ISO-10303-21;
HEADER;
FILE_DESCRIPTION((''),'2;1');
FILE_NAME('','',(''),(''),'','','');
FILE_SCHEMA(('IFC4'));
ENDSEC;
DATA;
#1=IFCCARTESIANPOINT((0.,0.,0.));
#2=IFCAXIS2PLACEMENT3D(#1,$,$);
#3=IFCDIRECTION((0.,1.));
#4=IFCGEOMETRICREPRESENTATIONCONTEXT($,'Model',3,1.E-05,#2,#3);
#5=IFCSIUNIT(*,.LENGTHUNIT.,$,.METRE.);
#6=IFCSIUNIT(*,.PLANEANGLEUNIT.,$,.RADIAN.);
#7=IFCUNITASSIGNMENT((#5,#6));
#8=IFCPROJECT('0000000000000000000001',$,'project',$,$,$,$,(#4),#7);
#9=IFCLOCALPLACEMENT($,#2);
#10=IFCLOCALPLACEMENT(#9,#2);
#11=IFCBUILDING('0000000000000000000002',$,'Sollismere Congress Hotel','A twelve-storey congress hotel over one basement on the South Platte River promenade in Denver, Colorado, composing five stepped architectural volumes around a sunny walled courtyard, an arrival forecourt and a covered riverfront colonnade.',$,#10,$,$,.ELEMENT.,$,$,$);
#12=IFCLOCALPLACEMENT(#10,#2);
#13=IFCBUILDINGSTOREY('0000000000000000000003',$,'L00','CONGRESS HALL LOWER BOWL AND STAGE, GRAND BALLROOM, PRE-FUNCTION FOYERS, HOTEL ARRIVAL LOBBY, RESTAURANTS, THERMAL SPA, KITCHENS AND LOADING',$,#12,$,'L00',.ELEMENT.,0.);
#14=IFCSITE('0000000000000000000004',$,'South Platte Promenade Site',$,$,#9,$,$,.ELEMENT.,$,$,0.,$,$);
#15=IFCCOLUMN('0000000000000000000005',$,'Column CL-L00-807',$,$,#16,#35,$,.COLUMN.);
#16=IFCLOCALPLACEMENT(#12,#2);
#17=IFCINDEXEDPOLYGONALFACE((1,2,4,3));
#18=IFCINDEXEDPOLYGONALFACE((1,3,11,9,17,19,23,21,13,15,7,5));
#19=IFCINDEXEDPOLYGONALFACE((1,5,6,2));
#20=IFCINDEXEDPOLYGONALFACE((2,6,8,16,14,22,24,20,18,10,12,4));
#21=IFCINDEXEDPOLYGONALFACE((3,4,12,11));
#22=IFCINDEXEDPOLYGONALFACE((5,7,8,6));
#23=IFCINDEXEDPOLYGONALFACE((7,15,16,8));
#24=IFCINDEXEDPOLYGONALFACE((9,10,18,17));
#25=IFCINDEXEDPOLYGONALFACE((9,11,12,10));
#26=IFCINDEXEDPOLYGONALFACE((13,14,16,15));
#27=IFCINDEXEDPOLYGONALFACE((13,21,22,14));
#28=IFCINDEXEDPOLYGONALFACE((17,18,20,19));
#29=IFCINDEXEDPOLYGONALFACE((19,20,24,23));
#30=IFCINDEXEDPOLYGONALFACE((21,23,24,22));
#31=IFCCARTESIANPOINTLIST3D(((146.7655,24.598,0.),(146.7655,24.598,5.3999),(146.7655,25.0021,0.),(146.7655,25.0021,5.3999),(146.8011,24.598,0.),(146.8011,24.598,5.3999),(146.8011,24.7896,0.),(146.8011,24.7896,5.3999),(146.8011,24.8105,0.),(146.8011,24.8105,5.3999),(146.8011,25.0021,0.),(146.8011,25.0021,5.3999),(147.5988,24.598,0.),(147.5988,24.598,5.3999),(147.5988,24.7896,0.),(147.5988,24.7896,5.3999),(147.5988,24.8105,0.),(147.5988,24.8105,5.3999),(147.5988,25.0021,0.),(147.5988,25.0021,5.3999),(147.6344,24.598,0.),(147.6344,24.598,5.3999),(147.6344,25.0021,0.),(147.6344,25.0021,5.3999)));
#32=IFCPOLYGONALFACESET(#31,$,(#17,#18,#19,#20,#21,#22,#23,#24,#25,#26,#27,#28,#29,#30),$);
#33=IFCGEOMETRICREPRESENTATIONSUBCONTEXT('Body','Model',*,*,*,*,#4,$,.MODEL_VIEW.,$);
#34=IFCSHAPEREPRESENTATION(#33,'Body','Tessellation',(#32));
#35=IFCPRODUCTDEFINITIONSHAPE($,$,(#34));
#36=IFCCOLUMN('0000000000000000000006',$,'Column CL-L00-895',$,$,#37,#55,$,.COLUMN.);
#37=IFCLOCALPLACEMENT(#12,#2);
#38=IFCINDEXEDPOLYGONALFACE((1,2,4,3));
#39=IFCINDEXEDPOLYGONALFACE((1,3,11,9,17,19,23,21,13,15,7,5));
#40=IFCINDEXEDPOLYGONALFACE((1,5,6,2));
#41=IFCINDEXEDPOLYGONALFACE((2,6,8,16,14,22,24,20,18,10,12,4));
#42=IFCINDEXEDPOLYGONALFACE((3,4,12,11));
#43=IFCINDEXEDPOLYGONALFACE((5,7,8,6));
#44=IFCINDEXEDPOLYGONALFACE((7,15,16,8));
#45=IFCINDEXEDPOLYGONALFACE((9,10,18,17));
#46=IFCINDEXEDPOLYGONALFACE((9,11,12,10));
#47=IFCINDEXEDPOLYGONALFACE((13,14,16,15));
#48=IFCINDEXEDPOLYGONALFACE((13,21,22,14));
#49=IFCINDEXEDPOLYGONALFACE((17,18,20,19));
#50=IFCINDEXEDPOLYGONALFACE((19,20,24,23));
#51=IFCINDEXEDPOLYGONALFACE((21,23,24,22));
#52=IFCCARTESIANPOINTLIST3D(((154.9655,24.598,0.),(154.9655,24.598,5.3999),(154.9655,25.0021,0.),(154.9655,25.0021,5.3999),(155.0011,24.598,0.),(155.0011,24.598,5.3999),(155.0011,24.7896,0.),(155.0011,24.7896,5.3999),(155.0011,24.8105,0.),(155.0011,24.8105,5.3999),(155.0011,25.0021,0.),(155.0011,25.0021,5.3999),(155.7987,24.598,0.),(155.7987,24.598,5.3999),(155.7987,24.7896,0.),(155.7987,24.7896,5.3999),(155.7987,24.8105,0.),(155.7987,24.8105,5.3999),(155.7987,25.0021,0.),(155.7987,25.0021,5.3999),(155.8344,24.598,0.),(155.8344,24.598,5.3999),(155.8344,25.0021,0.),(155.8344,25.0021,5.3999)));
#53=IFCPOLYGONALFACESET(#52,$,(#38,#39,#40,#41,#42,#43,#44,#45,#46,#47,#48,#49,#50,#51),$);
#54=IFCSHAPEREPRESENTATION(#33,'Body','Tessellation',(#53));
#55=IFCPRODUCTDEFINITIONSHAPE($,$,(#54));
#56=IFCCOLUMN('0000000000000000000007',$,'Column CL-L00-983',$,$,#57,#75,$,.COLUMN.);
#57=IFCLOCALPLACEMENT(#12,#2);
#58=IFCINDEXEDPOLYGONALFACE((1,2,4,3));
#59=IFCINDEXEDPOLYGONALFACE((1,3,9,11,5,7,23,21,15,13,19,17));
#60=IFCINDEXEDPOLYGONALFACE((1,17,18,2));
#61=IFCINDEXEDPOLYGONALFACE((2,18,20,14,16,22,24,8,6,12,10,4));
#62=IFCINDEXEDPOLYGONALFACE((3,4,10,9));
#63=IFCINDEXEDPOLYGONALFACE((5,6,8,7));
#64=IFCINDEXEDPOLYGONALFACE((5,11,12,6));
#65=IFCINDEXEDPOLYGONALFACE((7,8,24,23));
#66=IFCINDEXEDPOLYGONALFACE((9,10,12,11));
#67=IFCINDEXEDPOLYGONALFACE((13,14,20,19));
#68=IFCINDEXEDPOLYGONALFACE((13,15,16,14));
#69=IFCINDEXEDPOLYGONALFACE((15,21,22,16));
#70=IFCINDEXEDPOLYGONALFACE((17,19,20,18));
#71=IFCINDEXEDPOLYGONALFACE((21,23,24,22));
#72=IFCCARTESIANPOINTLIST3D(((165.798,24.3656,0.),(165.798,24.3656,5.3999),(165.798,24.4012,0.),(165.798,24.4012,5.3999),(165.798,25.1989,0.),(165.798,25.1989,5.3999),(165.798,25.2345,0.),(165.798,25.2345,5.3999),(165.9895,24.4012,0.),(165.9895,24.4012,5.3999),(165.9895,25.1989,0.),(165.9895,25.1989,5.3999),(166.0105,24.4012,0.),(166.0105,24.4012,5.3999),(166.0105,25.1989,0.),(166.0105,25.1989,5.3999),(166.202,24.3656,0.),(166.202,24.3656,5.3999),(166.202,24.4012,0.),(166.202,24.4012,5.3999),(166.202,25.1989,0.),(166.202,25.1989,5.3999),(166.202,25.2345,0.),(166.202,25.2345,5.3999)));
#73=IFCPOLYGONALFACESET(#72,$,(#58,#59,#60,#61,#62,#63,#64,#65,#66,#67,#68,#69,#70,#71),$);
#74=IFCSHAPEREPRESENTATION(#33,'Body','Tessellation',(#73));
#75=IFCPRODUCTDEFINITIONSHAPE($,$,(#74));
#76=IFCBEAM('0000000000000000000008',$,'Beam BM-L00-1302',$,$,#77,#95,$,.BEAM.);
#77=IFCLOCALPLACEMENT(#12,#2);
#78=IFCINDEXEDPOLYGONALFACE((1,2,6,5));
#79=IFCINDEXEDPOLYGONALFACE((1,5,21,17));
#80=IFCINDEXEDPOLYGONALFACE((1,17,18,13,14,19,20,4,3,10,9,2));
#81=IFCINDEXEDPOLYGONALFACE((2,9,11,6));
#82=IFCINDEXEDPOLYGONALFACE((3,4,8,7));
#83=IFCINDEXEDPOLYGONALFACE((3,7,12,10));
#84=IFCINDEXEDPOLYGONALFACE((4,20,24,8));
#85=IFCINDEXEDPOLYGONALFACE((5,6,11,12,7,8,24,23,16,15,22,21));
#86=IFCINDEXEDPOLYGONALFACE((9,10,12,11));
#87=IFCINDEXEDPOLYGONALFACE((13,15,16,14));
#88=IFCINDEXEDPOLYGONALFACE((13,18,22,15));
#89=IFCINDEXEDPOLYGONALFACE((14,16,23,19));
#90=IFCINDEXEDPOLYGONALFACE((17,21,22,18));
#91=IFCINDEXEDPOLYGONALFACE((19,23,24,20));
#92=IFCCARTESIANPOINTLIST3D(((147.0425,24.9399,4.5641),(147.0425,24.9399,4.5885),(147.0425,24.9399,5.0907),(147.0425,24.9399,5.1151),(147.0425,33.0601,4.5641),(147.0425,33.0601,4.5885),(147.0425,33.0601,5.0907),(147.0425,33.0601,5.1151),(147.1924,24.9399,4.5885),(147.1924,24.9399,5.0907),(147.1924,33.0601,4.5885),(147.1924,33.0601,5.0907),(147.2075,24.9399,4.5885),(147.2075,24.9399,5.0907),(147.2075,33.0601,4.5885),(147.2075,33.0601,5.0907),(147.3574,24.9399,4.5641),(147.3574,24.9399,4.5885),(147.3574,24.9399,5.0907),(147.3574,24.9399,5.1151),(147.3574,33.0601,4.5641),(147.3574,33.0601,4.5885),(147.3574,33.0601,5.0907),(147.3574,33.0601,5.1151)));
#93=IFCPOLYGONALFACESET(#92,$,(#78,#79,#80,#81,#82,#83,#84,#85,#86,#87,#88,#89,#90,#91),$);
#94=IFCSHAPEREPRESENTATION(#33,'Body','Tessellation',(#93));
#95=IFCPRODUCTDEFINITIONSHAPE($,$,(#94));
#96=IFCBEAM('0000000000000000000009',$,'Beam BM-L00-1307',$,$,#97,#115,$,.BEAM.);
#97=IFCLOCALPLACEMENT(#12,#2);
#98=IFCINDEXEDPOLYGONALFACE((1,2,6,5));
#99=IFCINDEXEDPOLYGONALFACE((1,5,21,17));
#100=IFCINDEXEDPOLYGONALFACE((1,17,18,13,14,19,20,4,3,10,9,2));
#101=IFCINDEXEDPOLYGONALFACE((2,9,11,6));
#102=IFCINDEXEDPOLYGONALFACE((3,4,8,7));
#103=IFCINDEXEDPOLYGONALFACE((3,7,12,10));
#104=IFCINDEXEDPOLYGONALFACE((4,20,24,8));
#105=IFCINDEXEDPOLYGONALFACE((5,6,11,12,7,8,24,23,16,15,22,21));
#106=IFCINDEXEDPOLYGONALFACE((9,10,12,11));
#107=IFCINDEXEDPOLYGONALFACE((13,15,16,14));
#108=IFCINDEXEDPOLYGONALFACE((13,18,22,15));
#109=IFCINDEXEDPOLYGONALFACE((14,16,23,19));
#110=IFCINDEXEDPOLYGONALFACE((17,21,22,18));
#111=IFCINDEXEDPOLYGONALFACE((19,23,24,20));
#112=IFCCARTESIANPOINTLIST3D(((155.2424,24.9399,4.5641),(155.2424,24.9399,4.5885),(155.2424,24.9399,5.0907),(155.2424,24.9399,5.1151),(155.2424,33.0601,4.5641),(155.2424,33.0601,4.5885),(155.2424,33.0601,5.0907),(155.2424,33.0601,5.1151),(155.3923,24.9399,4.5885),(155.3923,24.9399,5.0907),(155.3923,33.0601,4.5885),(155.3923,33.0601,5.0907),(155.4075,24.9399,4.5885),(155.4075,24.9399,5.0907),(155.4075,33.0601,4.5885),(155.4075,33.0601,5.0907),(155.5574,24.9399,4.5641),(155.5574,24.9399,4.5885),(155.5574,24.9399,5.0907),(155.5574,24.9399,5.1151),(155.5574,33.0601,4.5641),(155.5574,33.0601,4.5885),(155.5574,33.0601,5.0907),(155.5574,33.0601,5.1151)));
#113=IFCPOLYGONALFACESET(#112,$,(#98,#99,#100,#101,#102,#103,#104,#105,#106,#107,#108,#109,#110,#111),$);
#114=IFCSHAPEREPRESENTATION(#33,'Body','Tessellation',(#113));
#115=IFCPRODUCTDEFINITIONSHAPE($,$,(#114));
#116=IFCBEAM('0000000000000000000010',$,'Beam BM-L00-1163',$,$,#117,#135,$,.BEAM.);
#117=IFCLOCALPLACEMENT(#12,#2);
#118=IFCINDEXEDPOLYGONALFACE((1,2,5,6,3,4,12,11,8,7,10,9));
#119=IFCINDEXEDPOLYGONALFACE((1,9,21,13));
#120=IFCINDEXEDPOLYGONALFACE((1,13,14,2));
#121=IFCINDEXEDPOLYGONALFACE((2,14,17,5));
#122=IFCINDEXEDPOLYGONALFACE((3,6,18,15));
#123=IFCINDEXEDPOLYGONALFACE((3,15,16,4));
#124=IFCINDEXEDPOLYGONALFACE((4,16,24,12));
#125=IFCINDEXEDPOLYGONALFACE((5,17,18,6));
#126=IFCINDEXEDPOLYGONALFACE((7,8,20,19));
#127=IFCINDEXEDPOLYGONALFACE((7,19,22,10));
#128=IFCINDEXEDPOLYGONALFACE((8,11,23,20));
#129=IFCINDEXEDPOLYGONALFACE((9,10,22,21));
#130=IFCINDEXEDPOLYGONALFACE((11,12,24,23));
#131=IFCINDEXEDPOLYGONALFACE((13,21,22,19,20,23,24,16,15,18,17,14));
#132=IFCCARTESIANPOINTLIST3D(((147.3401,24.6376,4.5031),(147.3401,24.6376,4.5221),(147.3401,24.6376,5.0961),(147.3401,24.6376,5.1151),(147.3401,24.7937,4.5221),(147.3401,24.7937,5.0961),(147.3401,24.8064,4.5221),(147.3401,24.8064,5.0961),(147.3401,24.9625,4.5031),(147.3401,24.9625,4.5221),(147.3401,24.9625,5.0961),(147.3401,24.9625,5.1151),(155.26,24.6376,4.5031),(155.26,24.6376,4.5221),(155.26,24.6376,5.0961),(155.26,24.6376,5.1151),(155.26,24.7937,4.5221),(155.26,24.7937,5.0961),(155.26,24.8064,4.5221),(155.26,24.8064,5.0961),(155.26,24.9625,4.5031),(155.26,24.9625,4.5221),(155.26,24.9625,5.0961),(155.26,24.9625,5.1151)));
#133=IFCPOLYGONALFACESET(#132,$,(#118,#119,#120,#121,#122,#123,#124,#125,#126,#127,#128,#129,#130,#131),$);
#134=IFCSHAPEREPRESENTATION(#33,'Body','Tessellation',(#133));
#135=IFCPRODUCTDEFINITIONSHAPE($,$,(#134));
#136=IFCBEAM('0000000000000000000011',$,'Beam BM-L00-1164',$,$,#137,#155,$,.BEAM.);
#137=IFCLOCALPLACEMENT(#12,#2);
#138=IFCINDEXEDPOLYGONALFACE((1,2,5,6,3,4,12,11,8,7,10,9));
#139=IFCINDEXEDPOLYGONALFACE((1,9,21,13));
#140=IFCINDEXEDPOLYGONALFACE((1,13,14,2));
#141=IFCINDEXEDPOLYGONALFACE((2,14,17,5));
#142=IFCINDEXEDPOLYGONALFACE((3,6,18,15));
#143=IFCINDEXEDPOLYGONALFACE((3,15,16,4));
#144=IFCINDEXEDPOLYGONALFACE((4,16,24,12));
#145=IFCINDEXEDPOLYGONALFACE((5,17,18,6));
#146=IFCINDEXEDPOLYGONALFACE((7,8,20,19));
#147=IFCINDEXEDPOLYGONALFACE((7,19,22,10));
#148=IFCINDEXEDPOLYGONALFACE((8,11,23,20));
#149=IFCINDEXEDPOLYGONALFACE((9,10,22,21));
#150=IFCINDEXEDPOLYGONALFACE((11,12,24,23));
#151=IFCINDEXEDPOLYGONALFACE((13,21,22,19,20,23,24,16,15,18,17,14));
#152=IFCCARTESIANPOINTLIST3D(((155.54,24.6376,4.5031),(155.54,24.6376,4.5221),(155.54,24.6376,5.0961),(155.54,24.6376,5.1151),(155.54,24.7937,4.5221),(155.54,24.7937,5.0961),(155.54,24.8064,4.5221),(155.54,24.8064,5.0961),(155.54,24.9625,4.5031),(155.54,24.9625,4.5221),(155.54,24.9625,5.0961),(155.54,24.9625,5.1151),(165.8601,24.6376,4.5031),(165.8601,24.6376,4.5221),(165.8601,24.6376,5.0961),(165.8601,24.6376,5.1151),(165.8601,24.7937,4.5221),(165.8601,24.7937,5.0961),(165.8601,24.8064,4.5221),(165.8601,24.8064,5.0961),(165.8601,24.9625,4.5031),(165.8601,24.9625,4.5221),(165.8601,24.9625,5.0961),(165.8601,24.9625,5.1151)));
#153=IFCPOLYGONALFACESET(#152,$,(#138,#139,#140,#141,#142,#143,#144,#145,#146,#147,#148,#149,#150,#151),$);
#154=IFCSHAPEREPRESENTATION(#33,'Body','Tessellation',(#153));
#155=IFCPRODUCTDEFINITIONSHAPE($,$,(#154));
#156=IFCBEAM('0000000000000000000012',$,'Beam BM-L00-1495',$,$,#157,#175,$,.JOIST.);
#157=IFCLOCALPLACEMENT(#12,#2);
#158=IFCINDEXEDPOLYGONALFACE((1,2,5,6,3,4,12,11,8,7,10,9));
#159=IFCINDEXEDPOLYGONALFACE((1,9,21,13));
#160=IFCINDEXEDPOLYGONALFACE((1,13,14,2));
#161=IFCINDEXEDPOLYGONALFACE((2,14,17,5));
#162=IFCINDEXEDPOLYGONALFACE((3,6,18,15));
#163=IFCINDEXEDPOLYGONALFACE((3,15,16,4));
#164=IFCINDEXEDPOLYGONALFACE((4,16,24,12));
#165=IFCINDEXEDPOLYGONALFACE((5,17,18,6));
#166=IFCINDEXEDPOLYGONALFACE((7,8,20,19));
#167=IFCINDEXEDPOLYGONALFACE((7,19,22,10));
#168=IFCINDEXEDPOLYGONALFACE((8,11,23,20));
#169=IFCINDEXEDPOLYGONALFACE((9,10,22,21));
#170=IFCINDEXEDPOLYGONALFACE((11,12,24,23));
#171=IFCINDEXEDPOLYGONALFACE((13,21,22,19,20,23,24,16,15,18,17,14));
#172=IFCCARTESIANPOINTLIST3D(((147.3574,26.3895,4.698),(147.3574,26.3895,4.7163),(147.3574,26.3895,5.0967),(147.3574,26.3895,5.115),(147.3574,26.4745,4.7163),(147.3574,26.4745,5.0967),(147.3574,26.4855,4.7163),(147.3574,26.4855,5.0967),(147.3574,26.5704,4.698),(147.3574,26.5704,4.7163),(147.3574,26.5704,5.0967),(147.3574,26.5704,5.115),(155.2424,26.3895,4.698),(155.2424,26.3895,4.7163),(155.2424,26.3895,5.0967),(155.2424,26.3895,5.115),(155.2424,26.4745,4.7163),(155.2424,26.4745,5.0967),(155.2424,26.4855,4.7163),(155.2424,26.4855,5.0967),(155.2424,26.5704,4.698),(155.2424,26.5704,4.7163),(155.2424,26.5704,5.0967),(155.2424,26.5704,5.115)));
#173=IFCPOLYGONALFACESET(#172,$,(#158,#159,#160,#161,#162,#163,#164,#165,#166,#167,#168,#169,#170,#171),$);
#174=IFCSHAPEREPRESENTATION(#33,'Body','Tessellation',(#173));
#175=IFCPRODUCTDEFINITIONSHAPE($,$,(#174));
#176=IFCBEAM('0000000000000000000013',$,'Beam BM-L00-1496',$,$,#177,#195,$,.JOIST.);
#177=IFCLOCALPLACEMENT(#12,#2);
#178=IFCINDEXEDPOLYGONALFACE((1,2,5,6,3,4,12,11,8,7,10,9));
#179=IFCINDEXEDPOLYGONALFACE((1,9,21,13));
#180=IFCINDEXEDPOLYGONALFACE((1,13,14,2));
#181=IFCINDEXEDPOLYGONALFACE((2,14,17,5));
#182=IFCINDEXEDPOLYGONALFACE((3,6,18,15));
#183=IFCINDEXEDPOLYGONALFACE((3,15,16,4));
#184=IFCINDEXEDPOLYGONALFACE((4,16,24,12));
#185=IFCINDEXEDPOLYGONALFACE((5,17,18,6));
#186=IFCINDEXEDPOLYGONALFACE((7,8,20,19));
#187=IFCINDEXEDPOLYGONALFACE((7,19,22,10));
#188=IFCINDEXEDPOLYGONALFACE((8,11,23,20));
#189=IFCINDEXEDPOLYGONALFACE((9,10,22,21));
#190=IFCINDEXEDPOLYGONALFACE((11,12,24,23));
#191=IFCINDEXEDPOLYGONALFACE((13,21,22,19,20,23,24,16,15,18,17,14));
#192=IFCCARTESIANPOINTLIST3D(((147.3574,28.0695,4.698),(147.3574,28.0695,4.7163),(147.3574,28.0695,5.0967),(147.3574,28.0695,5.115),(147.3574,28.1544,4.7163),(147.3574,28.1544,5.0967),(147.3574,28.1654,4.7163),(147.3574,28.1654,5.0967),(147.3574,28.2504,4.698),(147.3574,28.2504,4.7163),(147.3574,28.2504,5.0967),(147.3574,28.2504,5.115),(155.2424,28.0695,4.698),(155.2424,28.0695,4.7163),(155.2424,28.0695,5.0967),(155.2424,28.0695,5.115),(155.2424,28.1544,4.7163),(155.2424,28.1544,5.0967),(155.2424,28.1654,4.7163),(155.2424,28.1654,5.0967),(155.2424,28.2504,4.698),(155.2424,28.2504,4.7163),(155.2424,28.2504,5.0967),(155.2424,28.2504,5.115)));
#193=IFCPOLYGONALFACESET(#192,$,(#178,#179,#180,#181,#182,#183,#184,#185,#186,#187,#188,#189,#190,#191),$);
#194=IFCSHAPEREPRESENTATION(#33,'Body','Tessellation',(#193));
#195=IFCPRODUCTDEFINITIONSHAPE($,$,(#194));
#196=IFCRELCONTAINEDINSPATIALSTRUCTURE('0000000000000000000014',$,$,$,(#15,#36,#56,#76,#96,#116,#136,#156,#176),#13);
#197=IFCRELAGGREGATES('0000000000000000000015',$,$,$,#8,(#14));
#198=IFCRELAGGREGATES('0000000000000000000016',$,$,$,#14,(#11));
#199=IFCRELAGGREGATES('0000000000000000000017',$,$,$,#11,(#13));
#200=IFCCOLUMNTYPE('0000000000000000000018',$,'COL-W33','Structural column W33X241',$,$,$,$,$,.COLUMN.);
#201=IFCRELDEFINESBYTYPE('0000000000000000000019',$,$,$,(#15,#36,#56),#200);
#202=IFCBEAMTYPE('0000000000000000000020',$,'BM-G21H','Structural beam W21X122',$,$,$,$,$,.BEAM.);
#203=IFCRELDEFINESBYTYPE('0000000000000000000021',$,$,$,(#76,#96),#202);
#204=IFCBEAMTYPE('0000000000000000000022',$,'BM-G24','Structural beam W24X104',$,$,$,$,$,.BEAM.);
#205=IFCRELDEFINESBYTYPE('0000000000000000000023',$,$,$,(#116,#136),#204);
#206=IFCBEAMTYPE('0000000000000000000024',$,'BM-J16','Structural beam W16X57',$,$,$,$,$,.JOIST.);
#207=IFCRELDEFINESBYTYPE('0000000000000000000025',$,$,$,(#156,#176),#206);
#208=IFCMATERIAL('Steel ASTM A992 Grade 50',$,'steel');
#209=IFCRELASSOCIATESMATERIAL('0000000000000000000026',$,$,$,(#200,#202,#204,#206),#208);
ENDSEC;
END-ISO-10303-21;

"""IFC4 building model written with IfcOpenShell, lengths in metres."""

from ifc_helpers import new_model, si_unit, direction, frame, origin, origin_2d, place, context, subcontext, project, spatial, i_section, extrude, material, material_profile, profile_set, type_object, element, save


model = new_model("IFC4")

# Units and contexts
model_context = context("Model", 3, precision=1e-05, world=origin(), true_north=direction((0.0, 1.0)))
body_context = subcontext(model_context, "Body", "Model", "MODEL_VIEW")
ifc_project = project(units=[si_unit("LENGTHUNIT", "METRE"), si_unit("PLANEANGLEUNIT", "RADIAN")], contexts=[model_context])

# Site, building, storey
site_placement = place(None, origin())
site = spatial("IfcSite", under=ifc_project, at=site_placement, Name="South Platte Promenade Site", CompositionType="ELEMENT", RefElevation=0.0)
building_placement = place(site_placement, origin())
building = spatial("IfcBuilding", under=site, at=building_placement, Name="Sollismere Congress Hotel", Description="A twelve-storey congress hotel over one basement on the South Platte River promenade in Denver, Colorado, composing five stepped architectural volumes around a sunny walled courtyard, an arrival forecourt and a covered riverfront colonnade.", CompositionType="ELEMENT")
storey_placement = place(building_placement, origin())
storey = spatial("IfcBuildingStorey", under=building, at=storey_placement, Name="L00", Description="CONGRESS HALL LOWER BOWL AND STAGE, GRAND BALLROOM, PRE-FUNCTION FOYERS, HOTEL ARRIVAL LOBBY, RESTAURANTS, THERMAL SPA, KITCHENS AND LOADING", LongName="L00", CompositionType="ELEMENT", Elevation=0.0)

# Columns
ifc_material_1 = material(Name="Steel ASTM A992 Grade 50", Category="steel")
ifc_material_profile_1 = material_profile(ifc_material_1, i_section(OverallWidth=0.4041, OverallDepth=0.8689, WebThickness=0.021, FlangeThickness=0.0356, at=origin_2d()), Name="W33X241")
ifc_profile_set_1 = profile_set([ifc_material_profile_1], Name="Steel ASTM A992 Grade 50")
column_type = type_object("IfcColumnType", Name="COL-W33", Description="Structural column W33X241", PredefinedType="COLUMN", material=ifc_profile_set_1)
for number, where, z_axis, x_axis, name in (
    (1, (147.2, 24.8, 0.0), (0.0, 0.0, 1.0), (0.0, 1.0, 0.0), "Column CL-L00-807"),
    (2, (155.3999, 24.8, 0.0), (0.0, 0.0, 1.0), (0.0, 1.0, 0.0), "Column CL-L00-895"),
    (3, (166.0, 24.8, 0.0), (0.0, 0.0, 1.0), (1.0, 0.0, 0.0), "Column CL-L00-983"),
):
    element("IfcColumn", number, at=place(storey_placement, frame(where, z_axis=z_axis, x_axis=x_axis)), inside=storey, type_object=column_type, Name=name, PredefinedType="COLUMN", context=body_context, shape_type="SweptSolid", body=[
        extrude(i_section(OverallWidth=0.4041, OverallDepth=0.8689, WebThickness=0.021, FlangeThickness=0.0356, at=origin_2d()), origin(), (0.0, 0.0, 1.0), 5.3999),
    ])

# Beams
ifc_material_profile_2 = material_profile(ifc_material_1, i_section(OverallWidth=0.3149, OverallDepth=0.551, WebThickness=0.0151, FlangeThickness=0.0244, at=origin_2d()), Name="W21X122")
ifc_profile_set_2 = profile_set([ifc_material_profile_2], Name="Steel ASTM A992 Grade 50")
beam_type_1 = type_object("IfcBeamType", Name="BM-G21H", Description="Structural beam W21X122", PredefinedType="BEAM", material=ifc_profile_set_2)
for number, where, z_axis, x_axis, name in (
    (4, (147.2, 24.9399, 4.8396), (0.0, 1.0, 0.0), (-1.0, 0.0, 0.0), "Beam BM-L00-1302"),
    (5, (155.3999, 24.9399, 4.8396), (0.0, 1.0, 0.0), (-1.0, 0.0, 0.0), "Beam BM-L00-1307"),
):
    element("IfcBeam", number, at=place(storey_placement, frame(where, z_axis=z_axis, x_axis=x_axis)), inside=storey, type_object=beam_type_1, Name=name, PredefinedType="BEAM", context=body_context, shape_type="SweptSolid", body=[
        extrude(i_section(OverallWidth=0.3149, OverallDepth=0.551, WebThickness=0.0151, FlangeThickness=0.0244, at=origin_2d()), origin(), (0.0, 0.0, 1.0), 8.1201),
    ])
ifc_material_profile_3 = material_profile(ifc_material_1, i_section(OverallWidth=0.325, OverallDepth=0.6121, WebThickness=0.0127, FlangeThickness=0.019, at=origin_2d()), Name="W24X104")
ifc_profile_set_3 = profile_set([ifc_material_profile_3], Name="Steel ASTM A992 Grade 50")
beam_type_2 = type_object("IfcBeamType", Name="BM-G24", Description="Structural beam W24X104", PredefinedType="BEAM", material=ifc_profile_set_3)
beam_1_placement = place(storey_placement, frame((147.3401, 24.8, 4.8091), z_axis=(1.0, 0.0, 0.0), x_axis=(0.0, 1.0, 0.0)))
element("IfcBeam", 6, at=beam_1_placement, inside=storey, type_object=beam_type_2, Name="Beam BM-L00-1163", PredefinedType="BEAM", context=body_context, shape_type="SweptSolid", body=[
    extrude(i_section(OverallWidth=0.325, OverallDepth=0.6121, WebThickness=0.0127, FlangeThickness=0.019, at=origin_2d()), origin(), (0.0, 0.0, 1.0), 7.9199),
])
beam_2_placement = place(storey_placement, frame((155.54, 24.8, 4.8091), z_axis=(1.0, 0.0, 0.0), x_axis=(0.0, 1.0, 0.0)))
element("IfcBeam", 7, at=beam_2_placement, inside=storey, type_object=beam_type_2, Name="Beam BM-L00-1164", PredefinedType="BEAM", context=body_context, shape_type="SweptSolid", body=[
    extrude(i_section(OverallWidth=0.325, OverallDepth=0.6121, WebThickness=0.0127, FlangeThickness=0.019, at=origin_2d()), origin(), (0.0, 0.0, 1.0), 10.3201),
])
ifc_material_profile_4 = material_profile(ifc_material_1, i_section(OverallWidth=0.1809, OverallDepth=0.417, WebThickness=0.011, FlangeThickness=0.0183, at=origin_2d()), Name="W16X57")
ifc_profile_set_4 = profile_set([ifc_material_profile_4], Name="Steel ASTM A992 Grade 50")
beam_type_3 = type_object("IfcBeamType", Name="BM-J16", Description="Structural beam W16X57", PredefinedType="JOIST", material=ifc_profile_set_4)
for number, where, z_axis, x_axis, name in (
    (8, (147.3574, 26.48, 4.9065), (1.0, 0.0, 0.0), (0.0, 1.0, 0.0), "Beam BM-L00-1495"),
    (9, (147.3574, 28.1599, 4.9065), (1.0, 0.0, 0.0), (0.0, 1.0, 0.0), "Beam BM-L00-1496"),
):
    element("IfcBeam", number, at=place(storey_placement, frame(where, z_axis=z_axis, x_axis=x_axis)), inside=storey, type_object=beam_type_3, Name=name, PredefinedType="JOIST", context=body_context, shape_type="SweptSolid", body=[
        extrude(i_section(OverallWidth=0.1809, OverallDepth=0.417, WebThickness=0.011, FlangeThickness=0.0183, at=origin_2d()), origin(), (0.0, 0.0, 1.0), 7.885),
    ])

save(model, "model.ifc")
